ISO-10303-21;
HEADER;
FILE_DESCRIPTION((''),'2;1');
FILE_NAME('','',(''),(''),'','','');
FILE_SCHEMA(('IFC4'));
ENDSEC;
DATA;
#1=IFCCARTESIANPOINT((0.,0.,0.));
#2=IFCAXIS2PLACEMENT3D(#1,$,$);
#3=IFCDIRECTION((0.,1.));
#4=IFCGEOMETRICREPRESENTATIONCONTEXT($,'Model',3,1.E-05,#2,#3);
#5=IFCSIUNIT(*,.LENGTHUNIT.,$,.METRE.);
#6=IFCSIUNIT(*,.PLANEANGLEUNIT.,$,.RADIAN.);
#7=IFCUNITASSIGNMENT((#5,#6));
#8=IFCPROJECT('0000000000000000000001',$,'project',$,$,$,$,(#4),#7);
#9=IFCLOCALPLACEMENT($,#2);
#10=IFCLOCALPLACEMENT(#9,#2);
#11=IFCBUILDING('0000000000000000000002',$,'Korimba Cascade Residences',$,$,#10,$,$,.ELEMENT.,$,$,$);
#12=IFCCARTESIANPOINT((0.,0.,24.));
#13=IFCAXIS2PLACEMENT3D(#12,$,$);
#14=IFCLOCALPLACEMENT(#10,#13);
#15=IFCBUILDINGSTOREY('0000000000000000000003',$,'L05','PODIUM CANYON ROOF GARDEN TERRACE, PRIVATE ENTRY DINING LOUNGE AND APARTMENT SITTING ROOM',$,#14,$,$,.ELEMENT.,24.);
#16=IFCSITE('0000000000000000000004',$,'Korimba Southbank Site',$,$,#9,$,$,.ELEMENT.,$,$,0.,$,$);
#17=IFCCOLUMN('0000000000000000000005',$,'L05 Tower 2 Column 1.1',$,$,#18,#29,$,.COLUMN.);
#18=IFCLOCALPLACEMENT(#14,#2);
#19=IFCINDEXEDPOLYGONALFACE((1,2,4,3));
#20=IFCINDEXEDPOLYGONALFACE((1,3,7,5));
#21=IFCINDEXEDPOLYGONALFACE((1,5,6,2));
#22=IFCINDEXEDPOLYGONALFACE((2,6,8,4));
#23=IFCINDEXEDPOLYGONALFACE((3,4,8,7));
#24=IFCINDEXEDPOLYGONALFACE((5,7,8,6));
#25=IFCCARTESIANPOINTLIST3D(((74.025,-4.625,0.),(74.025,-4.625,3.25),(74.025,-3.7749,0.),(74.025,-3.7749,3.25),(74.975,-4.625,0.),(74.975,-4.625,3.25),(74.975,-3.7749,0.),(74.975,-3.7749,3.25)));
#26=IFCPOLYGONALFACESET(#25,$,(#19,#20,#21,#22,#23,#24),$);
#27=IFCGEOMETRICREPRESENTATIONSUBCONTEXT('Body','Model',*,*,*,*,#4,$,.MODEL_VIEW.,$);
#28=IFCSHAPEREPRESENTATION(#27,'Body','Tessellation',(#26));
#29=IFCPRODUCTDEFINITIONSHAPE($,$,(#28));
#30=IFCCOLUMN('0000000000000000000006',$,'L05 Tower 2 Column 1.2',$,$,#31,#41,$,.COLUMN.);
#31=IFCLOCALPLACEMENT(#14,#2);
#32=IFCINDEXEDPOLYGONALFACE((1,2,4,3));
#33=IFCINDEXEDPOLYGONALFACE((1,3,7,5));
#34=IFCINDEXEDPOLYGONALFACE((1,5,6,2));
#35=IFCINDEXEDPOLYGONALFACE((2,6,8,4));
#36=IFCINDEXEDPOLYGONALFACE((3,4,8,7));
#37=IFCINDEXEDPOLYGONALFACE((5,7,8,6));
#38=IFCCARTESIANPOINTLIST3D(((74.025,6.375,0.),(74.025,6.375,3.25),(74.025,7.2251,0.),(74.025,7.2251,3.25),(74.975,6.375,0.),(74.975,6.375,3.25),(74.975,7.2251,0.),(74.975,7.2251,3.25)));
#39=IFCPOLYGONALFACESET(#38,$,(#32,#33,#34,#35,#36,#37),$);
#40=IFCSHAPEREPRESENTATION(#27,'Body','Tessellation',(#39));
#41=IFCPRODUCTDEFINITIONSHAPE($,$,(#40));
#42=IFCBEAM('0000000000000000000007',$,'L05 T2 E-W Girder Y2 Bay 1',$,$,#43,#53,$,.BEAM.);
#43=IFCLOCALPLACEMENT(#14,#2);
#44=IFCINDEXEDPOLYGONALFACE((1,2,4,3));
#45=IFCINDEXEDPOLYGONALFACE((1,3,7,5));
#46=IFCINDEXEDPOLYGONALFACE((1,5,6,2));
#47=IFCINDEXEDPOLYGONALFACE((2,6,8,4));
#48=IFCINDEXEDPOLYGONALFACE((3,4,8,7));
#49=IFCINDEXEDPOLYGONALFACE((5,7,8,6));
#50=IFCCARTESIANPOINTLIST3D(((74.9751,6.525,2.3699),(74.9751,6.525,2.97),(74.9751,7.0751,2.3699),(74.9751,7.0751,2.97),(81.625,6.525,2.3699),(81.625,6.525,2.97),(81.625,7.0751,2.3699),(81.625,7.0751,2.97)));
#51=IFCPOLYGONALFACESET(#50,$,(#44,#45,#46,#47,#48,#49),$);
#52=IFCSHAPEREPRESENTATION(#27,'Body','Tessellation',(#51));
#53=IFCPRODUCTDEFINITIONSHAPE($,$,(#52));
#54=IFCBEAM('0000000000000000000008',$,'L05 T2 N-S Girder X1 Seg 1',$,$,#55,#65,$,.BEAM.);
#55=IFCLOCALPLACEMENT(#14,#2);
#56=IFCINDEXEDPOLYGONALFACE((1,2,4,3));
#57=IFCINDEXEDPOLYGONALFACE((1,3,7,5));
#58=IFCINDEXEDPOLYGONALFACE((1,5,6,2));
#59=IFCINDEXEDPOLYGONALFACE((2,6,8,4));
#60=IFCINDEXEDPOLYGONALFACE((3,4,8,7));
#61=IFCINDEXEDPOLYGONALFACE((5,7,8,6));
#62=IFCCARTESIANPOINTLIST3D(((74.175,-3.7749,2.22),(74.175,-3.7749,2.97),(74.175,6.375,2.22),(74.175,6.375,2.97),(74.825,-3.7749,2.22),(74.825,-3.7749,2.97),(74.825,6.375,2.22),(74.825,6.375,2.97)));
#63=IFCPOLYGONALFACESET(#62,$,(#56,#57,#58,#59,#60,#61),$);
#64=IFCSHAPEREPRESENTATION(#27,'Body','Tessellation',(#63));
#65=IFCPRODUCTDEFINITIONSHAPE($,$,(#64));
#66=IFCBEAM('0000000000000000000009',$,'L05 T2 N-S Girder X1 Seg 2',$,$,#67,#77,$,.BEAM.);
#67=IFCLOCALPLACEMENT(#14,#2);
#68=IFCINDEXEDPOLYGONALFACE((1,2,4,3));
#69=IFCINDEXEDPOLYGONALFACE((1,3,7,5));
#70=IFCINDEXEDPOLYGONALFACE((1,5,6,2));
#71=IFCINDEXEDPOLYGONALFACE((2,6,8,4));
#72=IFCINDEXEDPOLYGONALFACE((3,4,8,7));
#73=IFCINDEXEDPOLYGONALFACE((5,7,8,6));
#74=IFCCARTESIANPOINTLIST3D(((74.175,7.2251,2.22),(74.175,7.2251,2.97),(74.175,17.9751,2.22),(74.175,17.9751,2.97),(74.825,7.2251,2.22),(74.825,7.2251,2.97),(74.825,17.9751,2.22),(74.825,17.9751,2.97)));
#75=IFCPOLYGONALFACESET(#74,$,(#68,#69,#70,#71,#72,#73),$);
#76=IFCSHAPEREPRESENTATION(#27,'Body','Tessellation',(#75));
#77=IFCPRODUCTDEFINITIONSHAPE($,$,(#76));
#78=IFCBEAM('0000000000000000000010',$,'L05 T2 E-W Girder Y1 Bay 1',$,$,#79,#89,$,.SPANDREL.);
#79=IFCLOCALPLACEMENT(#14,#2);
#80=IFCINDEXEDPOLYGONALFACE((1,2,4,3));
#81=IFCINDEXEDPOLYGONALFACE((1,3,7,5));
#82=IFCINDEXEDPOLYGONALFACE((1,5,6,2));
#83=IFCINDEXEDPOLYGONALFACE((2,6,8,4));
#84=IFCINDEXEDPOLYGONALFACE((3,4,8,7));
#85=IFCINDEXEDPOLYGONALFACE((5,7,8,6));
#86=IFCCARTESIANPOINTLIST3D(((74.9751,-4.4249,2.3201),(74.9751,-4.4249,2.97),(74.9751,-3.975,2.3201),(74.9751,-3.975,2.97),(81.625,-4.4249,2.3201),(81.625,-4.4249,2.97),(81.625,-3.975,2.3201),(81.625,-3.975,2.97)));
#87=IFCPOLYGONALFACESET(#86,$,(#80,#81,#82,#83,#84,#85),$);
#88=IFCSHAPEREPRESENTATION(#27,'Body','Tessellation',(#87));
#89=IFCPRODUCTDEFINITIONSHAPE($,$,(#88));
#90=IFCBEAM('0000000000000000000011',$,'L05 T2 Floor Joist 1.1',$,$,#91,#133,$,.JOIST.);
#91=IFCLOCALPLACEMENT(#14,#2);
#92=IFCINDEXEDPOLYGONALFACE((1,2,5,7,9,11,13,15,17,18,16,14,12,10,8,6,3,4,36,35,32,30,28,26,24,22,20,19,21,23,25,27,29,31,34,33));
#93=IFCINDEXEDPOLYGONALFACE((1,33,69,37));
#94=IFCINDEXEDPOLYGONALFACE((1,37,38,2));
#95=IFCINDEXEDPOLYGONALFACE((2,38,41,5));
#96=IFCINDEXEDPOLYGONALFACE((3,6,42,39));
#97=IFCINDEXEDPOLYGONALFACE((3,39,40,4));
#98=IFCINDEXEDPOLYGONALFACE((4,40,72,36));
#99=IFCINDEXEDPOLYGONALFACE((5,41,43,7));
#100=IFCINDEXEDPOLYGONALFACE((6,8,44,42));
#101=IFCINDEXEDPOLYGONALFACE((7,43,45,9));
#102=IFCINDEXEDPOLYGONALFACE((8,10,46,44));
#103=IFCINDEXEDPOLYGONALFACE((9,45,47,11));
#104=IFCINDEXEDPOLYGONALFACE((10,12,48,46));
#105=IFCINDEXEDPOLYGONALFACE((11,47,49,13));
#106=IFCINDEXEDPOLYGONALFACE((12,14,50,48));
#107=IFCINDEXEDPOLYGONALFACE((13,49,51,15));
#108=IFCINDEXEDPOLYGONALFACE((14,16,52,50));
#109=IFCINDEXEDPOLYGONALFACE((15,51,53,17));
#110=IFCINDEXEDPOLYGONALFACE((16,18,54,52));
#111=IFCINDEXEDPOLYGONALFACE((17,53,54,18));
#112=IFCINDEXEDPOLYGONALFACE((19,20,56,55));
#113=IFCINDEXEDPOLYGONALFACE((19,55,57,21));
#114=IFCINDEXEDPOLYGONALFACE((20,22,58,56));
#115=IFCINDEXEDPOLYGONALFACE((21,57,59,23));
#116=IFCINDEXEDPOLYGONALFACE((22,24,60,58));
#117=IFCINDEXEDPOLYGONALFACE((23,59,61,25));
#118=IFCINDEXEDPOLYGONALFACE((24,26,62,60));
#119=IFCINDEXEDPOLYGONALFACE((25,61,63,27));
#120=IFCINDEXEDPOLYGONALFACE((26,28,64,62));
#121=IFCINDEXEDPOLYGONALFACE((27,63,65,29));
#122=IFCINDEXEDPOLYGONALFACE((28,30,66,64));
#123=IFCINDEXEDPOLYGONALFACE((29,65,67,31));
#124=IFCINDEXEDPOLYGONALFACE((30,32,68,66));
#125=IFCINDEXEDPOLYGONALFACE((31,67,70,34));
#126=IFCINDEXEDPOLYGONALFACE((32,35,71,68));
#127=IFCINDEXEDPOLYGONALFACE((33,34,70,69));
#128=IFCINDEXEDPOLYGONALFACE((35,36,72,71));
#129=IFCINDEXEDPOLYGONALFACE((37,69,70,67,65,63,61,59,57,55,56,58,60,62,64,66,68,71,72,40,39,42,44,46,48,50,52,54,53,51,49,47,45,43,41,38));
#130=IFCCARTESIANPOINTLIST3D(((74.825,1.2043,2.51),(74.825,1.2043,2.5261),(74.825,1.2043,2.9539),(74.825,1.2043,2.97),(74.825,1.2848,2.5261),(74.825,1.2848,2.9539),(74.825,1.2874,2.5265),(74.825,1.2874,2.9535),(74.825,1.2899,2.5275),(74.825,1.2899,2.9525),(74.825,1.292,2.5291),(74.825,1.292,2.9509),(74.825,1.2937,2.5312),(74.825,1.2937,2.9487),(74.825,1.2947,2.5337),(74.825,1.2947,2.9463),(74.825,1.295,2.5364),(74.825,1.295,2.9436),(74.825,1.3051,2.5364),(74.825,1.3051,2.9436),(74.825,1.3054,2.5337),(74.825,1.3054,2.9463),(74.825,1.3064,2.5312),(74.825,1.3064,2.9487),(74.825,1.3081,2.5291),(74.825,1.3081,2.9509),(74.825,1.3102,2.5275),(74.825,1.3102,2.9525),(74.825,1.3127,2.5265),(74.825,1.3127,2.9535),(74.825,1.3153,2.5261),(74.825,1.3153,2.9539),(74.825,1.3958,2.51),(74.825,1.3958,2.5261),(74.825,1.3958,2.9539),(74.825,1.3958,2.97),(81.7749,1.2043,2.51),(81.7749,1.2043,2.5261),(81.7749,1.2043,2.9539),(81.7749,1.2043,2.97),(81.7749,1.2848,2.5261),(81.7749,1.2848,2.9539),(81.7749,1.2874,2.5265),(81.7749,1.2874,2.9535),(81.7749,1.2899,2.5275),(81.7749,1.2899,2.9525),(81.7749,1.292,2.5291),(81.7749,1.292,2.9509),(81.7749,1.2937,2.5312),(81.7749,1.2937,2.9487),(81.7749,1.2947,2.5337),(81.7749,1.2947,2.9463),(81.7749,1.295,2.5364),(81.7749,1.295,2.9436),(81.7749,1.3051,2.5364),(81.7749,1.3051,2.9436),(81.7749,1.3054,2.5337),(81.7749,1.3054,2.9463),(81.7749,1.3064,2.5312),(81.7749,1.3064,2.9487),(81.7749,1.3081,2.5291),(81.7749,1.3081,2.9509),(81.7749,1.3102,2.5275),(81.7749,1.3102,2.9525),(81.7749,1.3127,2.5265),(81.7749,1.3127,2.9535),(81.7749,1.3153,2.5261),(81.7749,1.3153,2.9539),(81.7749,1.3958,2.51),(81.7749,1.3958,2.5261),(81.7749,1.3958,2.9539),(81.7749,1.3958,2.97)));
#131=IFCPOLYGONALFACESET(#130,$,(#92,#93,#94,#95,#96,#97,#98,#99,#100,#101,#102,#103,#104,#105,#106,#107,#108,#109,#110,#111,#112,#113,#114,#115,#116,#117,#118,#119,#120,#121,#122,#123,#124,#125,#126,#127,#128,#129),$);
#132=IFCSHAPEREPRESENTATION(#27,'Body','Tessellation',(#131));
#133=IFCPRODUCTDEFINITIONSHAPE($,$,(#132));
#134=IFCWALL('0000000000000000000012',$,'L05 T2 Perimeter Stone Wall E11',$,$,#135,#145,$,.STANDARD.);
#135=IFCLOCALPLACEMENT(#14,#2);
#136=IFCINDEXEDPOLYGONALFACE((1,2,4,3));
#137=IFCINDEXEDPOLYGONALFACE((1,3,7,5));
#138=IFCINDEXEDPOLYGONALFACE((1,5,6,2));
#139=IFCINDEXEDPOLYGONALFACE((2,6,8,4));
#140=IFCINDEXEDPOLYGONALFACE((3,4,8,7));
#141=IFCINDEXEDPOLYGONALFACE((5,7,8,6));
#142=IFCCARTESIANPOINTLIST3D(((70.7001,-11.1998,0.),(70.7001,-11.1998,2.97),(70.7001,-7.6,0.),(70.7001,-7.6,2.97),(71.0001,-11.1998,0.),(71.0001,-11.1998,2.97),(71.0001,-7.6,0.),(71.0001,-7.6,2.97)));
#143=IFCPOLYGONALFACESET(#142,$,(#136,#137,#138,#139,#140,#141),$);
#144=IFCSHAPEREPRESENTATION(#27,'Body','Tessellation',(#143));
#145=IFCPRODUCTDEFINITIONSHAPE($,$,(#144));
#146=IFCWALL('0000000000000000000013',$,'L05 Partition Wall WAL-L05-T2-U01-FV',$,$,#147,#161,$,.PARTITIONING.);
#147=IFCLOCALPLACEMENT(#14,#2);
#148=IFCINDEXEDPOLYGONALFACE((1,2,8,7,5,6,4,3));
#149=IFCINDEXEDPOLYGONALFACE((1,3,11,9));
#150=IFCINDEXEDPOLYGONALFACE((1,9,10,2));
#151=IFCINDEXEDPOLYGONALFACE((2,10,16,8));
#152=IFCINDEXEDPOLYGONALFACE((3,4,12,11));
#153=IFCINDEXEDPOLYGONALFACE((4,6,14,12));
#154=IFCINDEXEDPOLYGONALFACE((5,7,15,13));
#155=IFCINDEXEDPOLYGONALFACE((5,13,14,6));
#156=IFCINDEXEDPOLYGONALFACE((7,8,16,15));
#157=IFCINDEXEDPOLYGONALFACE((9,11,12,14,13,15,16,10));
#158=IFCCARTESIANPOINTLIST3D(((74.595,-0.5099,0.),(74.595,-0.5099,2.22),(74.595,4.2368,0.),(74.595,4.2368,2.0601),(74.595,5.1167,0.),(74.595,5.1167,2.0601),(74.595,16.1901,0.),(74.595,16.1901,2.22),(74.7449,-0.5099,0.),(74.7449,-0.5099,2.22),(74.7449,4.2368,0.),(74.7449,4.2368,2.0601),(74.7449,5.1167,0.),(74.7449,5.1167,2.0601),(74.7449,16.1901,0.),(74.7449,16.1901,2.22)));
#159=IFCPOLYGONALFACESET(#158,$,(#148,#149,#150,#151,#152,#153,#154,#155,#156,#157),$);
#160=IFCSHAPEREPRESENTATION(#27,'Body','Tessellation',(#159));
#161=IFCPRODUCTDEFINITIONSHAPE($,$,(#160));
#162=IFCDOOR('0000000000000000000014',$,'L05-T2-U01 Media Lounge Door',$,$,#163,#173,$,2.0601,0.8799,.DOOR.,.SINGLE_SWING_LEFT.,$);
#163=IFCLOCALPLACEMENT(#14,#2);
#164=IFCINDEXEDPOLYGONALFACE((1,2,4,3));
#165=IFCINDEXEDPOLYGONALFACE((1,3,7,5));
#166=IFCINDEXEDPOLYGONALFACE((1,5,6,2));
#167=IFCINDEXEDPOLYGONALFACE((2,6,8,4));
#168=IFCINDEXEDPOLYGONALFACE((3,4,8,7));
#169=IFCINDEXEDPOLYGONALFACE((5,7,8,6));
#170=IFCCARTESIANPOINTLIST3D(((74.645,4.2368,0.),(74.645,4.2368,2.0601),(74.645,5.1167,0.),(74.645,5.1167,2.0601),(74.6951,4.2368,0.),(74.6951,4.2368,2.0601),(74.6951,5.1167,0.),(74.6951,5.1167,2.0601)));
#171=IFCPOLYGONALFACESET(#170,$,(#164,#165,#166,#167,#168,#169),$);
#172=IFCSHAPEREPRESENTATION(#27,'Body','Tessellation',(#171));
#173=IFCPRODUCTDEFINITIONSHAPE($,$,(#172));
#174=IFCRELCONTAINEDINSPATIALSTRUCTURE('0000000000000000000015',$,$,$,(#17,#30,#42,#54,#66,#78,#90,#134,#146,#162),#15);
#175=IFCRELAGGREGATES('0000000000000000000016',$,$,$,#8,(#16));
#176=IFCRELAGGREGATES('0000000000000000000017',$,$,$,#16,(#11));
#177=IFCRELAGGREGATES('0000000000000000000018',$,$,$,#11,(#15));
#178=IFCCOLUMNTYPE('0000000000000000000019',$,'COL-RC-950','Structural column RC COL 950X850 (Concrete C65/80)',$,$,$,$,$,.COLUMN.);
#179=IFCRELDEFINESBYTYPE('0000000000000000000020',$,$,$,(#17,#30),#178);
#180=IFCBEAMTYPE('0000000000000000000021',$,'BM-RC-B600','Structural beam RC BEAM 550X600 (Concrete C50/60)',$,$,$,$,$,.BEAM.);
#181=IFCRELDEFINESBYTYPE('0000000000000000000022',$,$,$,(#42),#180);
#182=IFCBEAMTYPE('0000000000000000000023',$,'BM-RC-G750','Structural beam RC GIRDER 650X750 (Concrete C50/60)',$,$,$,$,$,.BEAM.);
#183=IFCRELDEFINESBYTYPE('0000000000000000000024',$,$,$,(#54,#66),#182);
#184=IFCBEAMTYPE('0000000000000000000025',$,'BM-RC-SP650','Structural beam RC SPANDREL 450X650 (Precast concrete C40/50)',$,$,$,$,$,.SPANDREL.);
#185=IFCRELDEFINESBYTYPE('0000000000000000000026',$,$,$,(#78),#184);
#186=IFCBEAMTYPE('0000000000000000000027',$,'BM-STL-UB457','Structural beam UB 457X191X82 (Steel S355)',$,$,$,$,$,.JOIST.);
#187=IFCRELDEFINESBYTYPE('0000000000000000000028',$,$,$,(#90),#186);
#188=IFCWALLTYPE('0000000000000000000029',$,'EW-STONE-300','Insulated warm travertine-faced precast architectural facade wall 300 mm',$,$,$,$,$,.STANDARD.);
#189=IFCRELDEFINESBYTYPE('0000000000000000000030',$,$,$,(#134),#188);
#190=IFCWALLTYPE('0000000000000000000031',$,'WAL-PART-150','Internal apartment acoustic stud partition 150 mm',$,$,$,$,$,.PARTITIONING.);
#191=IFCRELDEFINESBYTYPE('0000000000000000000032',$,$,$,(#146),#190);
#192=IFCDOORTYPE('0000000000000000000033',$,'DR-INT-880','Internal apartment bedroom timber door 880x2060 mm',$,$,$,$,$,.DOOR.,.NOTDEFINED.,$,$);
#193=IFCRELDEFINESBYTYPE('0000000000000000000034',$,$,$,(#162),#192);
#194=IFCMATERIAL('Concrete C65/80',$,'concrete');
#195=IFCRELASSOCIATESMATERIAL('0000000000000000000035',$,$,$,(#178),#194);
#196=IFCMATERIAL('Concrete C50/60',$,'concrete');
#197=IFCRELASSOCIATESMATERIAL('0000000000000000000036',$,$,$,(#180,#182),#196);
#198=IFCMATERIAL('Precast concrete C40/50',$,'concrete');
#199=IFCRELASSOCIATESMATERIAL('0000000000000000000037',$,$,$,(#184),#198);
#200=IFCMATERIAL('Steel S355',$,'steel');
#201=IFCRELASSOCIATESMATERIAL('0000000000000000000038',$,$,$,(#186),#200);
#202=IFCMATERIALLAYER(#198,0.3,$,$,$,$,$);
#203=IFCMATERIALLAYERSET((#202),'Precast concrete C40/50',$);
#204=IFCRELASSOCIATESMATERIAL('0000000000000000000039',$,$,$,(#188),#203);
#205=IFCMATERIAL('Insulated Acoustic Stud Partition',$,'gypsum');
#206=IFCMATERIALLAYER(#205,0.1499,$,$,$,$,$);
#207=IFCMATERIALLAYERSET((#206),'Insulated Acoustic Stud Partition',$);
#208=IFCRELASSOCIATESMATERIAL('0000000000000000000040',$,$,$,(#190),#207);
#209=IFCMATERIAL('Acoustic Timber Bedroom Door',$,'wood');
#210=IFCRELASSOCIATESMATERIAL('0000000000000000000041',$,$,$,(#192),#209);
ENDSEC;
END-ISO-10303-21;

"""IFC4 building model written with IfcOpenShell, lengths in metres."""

from ifc_helpers import new_model, si_unit, direction, frame, frame_2d, origin, origin_2d, place, context, subcontext, project, spatial, rectangle, i_section, extrude, material, layer, layer_set, material_profile, profile_set, type_object, element, fill, save


model = new_model("IFC4")

# Units and contexts
model_context = context("Model", 3, precision=1e-05, world=origin(), true_north=direction((0.0, 1.0)))
body_context = subcontext(model_context, "Body", "Model", "MODEL_VIEW")
ifc_project = project(units=[si_unit("LENGTHUNIT", "METRE"), si_unit("PLANEANGLEUNIT", "RADIAN")], contexts=[model_context])

# Site, building, storey
site_placement = place(None, origin())
site = spatial("IfcSite", under=ifc_project, at=site_placement, Name="Korimba Southbank Site", CompositionType="ELEMENT", RefElevation=0.0)
building_placement = place(site_placement, origin())
building = spatial("IfcBuilding", under=site, at=building_placement, Name="Korimba Cascade Residences", CompositionType="ELEMENT")
storey_placement = place(building_placement, frame((0.0, 0.0, 24.0)))
storey = spatial("IfcBuildingStorey", under=building, at=storey_placement, Name="L05", Description="PODIUM CANYON ROOF GARDEN TERRACE, PRIVATE ENTRY DINING LOUNGE AND APARTMENT SITTING ROOM", CompositionType="ELEMENT", Elevation=24.0)

# Columns
ifc_material_1 = material(Name="Concrete C65/80", Category="concrete")
ifc_material_profile_1 = material_profile(ifc_material_1, rectangle(XDim=0.95, YDim=0.8501, at=origin_2d()), Name="Concrete C65/80")
ifc_profile_set_1 = profile_set([ifc_material_profile_1], Name="Concrete C65/80")
column_type = type_object("IfcColumnType", Name="COL-RC-950", Description="Structural column RC COL 950X850 (Concrete C65/80)", PredefinedType="COLUMN", material=ifc_profile_set_1)
for number, where, z_axis, x_axis, name in (
    (1, (74.5, -4.2, 0.0), (0.0, 0.0, 1.0), (1.0, 0.0, 0.0), "L05 Tower 2 Column 1.1"),
    (2, (74.5, 6.8, 0.0), (0.0, 0.0, 1.0), (1.0, 0.0, 0.0), "L05 Tower 2 Column 1.2"),
):
    element("IfcColumn", number, at=place(storey_placement, frame(where, z_axis=z_axis, x_axis=x_axis)), inside=storey, type_object=column_type, Name=name, PredefinedType="COLUMN", context=body_context, shape_type="SweptSolid", body=[
        extrude(rectangle(XDim=0.95, YDim=0.8501, at=origin_2d()), origin(), (0.0, 0.0, 1.0), 3.25),
    ])

# Beams
ifc_material_2 = material(Name="Concrete C50/60", Category="concrete")
ifc_material_profile_2 = material_profile(ifc_material_2, rectangle(XDim=0.55, YDim=0.6001, at=origin_2d()), Name="Concrete C50/60")
ifc_profile_set_2 = profile_set([ifc_material_profile_2], Name="Concrete C50/60")
beam_type_1 = type_object("IfcBeamType", Name="BM-RC-B600", Description="Structural beam RC BEAM 550X600 (Concrete C50/60)", PredefinedType="BEAM", material=ifc_profile_set_2)
beam_1_placement = place(storey_placement, frame((74.9751, 6.8, 2.6699), z_axis=(1.0, 0.0, 0.0), x_axis=(0.0, 1.0, 0.0)))
element("IfcBeam", 3, at=beam_1_placement, inside=storey, type_object=beam_type_1, Name="L05 T2 E-W Girder Y2 Bay 1", PredefinedType="BEAM", context=body_context, shape_type="SweptSolid", body=[
    extrude(rectangle(XDim=0.55, YDim=0.6001, at=origin_2d()), origin(), (0.0, 0.0, 1.0), 6.6499),
])
ifc_material_profile_3 = material_profile(ifc_material_2, rectangle(XDim=0.6499, YDim=0.75, at=origin_2d()), Name="Concrete C50/60")
ifc_profile_set_3 = profile_set([ifc_material_profile_3], Name="Concrete C50/60")
beam_type_2 = type_object("IfcBeamType", Name="BM-RC-G750", Description="Structural beam RC GIRDER 650X750 (Concrete C50/60)", PredefinedType="BEAM", material=ifc_profile_set_3)
beam_2_placement = place(storey_placement, frame((74.5, -3.7749, 2.595), z_axis=(0.0, 1.0, 0.0), x_axis=(-1.0, 0.0, 0.0)))
element("IfcBeam", 4, at=beam_2_placement, inside=storey, type_object=beam_type_2, Name="L05 T2 N-S Girder X1 Seg 1", PredefinedType="BEAM", context=body_context, shape_type="SweptSolid", body=[
    extrude(rectangle(XDim=0.6499, YDim=0.75, at=origin_2d()), origin(), (0.0, 0.0, 1.0), 10.1499),
])
beam_3_placement = place(storey_placement, frame((74.5, 7.2251, 2.595), z_axis=(0.0, 1.0, 0.0), x_axis=(-1.0, 0.0, 0.0)))
element("IfcBeam", 5, at=beam_3_placement, inside=storey, type_object=beam_type_2, Name="L05 T2 N-S Girder X1 Seg 2", PredefinedType="BEAM", context=body_context, shape_type="SweptSolid", body=[
    extrude(rectangle(XDim=0.6499, YDim=0.75, at=origin_2d()), origin(), (0.0, 0.0, 1.0), 10.75),
])
ifc_material_3 = material(Name="Precast concrete C40/50", Category="concrete")
ifc_material_profile_4 = material_profile(ifc_material_3, rectangle(XDim=0.45, YDim=0.6499, at=origin_2d()), Name="Precast concrete C40/50")
ifc_profile_set_4 = profile_set([ifc_material_profile_4], Name="Precast concrete C40/50")
beam_type_3 = type_object("IfcBeamType", Name="BM-RC-SP650", Description="Structural beam RC SPANDREL 450X650 (Precast concrete C40/50)", PredefinedType="SPANDREL", material=ifc_profile_set_4)
beam_4_placement = place(storey_placement, frame((74.9751, -4.2, 2.645), z_axis=(1.0, 0.0, 0.0), x_axis=(0.0, 1.0, 0.0)))
element("IfcBeam", 6, at=beam_4_placement, inside=storey, type_object=beam_type_3, Name="L05 T2 E-W Girder Y1 Bay 1", PredefinedType="SPANDREL", context=body_context, shape_type="SweptSolid", body=[
    extrude(rectangle(XDim=0.45, YDim=0.6499, at=origin_2d()), origin(), (0.0, 0.0, 1.0), 6.6499),
])
ifc_material_4 = material(Name="Steel S355", Category="steel")
ifc_material_profile_5 = material_profile(ifc_material_4, i_section(OverallWidth=0.1914, OverallDepth=0.46, WebThickness=0.01, FlangeThickness=0.0161, FilletRadius=0.0103, at=origin_2d()), Name="Steel S355")
ifc_profile_set_5 = profile_set([ifc_material_profile_5], Name="Steel S355")
beam_type_4 = type_object("IfcBeamType", Name="BM-STL-UB457", Description="Structural beam UB 457X191X82 (Steel S355)", PredefinedType="JOIST", material=ifc_profile_set_5)
beam_5_placement = place(storey_placement, frame((74.825, 1.3, 2.74), z_axis=(1.0, 0.0, 0.0), x_axis=(0.0, 1.0, 0.0)))
element("IfcBeam", 7, at=beam_5_placement, inside=storey, type_object=beam_type_4, Name="L05 T2 Floor Joist 1.1", PredefinedType="JOIST", context=body_context, shape_type="SweptSolid", body=[
    extrude(i_section(OverallWidth=0.1914, OverallDepth=0.46, WebThickness=0.01, FlangeThickness=0.0161, FilletRadius=0.0103, at=origin_2d()), origin(), (0.0, 0.0, 1.0), 6.95),
])

# Wall
ifc_layer_1 = layer(ifc_material_3, 0.3)
ifc_layer_set_1 = layer_set([ifc_layer_1], Name="Precast concrete C40/50")
wall_type_1 = type_object("IfcWallType", Name="EW-STONE-300", Description="Insulated warm travertine-faced precast architectural facade wall 300 mm", PredefinedType="STANDARD", material=ifc_layer_set_1)
wall_1_placement = place(storey_placement, frame((70.8501, -7.6001, 0.0), z_axis=(0.0, 0.0, 1.0), x_axis=(0.0, -1.0, 0.0)))
element("IfcWall", 8, at=wall_1_placement, inside=storey, type_object=wall_type_1, Name="L05 T2 Perimeter Stone Wall E11", PredefinedType="STANDARD", context=body_context, shape_type="SweptSolid", body=[
    extrude(rectangle(XDim=3.5999, YDim=0.3, at=frame_2d((1.7998, 0.0))), origin(), (0.0, 0.0, 1.0), 2.97),
])

# Wall, opening, door
ifc_material_5 = material(Name="Insulated Acoustic Stud Partition", Category="gypsum")
ifc_layer_2 = layer(ifc_material_5, 0.1499)
ifc_layer_set_2 = layer_set([ifc_layer_2], Name="Insulated Acoustic Stud Partition")
wall_type_2 = type_object("IfcWallType", Name="WAL-PART-150", Description="Internal apartment acoustic stud partition 150 mm", PredefinedType="PARTITIONING", material=ifc_layer_set_2)
wall_2_placement = place(storey_placement, frame((74.6699, -0.51, 0.0), z_axis=(0.0, 0.0, 1.0), x_axis=(0.0, 1.0, 0.0)))
wall_2 = element("IfcWall", 9, at=wall_2_placement, inside=storey, type_object=wall_type_2, Name="L05 Partition Wall WAL-L05-T2-U01-FV", PredefinedType="PARTITIONING", context=body_context, shape_type="SweptSolid", body=[
    extrude(rectangle(XDim=16.7, YDim=0.1499, at=frame_2d((8.3501, 0.0))), origin(), (0.0, 0.0, 1.0), 2.22),
])
opening_1_placement = place(wall_2_placement, frame((4.7468, 0.0, 0.0)))
opening_1 = element("IfcOpeningElement", 10, at=opening_1_placement, cuts=wall_2, PredefinedType="OPENING", context=body_context, shape_type="SweptSolid", body=[
    extrude(rectangle(XDim=0.8799, YDim=2.0601, at=frame_2d((0.4399, 1.03))), frame((0.0, 0.085, 0.0), z_axis=(0.0, -1.0, 0.0), x_axis=(1.0, 0.0, 0.0)), (0.0, 0.0, 1.0), 0.1699),
])
ifc_material_6 = material(Name="Acoustic Timber Bedroom Door", Category="wood")
door_type_1 = type_object("IfcDoorType", Name="DR-INT-880", Description="Internal apartment bedroom timber door 880x2060 mm", OperationType="NOTDEFINED", PredefinedType="DOOR", material=ifc_material_6)
door_1_placement = place(opening_1_placement, origin())
door_1 = element("IfcDoor", 11, at=door_1_placement, inside=storey, type_object=door_type_1, Name="L05-T2-U01 Media Lounge Door", OperationType="SINGLE_SWING_LEFT", OverallHeight=2.0601, OverallWidth=0.8799, PredefinedType="DOOR", context=body_context, shape_type="SweptSolid", body=[
    extrude(rectangle(XDim=0.8799, YDim=2.0601, at=frame_2d((0.4399, 1.03))), frame((0.0, 0.0249, 0.0), z_axis=(0.0, -1.0, 0.0), x_axis=(1.0, 0.0, 0.0)), (0.0, 0.0, 1.0), 0.05),
])
fill(opening_1, door_1)

save(model, "model.ifc")
